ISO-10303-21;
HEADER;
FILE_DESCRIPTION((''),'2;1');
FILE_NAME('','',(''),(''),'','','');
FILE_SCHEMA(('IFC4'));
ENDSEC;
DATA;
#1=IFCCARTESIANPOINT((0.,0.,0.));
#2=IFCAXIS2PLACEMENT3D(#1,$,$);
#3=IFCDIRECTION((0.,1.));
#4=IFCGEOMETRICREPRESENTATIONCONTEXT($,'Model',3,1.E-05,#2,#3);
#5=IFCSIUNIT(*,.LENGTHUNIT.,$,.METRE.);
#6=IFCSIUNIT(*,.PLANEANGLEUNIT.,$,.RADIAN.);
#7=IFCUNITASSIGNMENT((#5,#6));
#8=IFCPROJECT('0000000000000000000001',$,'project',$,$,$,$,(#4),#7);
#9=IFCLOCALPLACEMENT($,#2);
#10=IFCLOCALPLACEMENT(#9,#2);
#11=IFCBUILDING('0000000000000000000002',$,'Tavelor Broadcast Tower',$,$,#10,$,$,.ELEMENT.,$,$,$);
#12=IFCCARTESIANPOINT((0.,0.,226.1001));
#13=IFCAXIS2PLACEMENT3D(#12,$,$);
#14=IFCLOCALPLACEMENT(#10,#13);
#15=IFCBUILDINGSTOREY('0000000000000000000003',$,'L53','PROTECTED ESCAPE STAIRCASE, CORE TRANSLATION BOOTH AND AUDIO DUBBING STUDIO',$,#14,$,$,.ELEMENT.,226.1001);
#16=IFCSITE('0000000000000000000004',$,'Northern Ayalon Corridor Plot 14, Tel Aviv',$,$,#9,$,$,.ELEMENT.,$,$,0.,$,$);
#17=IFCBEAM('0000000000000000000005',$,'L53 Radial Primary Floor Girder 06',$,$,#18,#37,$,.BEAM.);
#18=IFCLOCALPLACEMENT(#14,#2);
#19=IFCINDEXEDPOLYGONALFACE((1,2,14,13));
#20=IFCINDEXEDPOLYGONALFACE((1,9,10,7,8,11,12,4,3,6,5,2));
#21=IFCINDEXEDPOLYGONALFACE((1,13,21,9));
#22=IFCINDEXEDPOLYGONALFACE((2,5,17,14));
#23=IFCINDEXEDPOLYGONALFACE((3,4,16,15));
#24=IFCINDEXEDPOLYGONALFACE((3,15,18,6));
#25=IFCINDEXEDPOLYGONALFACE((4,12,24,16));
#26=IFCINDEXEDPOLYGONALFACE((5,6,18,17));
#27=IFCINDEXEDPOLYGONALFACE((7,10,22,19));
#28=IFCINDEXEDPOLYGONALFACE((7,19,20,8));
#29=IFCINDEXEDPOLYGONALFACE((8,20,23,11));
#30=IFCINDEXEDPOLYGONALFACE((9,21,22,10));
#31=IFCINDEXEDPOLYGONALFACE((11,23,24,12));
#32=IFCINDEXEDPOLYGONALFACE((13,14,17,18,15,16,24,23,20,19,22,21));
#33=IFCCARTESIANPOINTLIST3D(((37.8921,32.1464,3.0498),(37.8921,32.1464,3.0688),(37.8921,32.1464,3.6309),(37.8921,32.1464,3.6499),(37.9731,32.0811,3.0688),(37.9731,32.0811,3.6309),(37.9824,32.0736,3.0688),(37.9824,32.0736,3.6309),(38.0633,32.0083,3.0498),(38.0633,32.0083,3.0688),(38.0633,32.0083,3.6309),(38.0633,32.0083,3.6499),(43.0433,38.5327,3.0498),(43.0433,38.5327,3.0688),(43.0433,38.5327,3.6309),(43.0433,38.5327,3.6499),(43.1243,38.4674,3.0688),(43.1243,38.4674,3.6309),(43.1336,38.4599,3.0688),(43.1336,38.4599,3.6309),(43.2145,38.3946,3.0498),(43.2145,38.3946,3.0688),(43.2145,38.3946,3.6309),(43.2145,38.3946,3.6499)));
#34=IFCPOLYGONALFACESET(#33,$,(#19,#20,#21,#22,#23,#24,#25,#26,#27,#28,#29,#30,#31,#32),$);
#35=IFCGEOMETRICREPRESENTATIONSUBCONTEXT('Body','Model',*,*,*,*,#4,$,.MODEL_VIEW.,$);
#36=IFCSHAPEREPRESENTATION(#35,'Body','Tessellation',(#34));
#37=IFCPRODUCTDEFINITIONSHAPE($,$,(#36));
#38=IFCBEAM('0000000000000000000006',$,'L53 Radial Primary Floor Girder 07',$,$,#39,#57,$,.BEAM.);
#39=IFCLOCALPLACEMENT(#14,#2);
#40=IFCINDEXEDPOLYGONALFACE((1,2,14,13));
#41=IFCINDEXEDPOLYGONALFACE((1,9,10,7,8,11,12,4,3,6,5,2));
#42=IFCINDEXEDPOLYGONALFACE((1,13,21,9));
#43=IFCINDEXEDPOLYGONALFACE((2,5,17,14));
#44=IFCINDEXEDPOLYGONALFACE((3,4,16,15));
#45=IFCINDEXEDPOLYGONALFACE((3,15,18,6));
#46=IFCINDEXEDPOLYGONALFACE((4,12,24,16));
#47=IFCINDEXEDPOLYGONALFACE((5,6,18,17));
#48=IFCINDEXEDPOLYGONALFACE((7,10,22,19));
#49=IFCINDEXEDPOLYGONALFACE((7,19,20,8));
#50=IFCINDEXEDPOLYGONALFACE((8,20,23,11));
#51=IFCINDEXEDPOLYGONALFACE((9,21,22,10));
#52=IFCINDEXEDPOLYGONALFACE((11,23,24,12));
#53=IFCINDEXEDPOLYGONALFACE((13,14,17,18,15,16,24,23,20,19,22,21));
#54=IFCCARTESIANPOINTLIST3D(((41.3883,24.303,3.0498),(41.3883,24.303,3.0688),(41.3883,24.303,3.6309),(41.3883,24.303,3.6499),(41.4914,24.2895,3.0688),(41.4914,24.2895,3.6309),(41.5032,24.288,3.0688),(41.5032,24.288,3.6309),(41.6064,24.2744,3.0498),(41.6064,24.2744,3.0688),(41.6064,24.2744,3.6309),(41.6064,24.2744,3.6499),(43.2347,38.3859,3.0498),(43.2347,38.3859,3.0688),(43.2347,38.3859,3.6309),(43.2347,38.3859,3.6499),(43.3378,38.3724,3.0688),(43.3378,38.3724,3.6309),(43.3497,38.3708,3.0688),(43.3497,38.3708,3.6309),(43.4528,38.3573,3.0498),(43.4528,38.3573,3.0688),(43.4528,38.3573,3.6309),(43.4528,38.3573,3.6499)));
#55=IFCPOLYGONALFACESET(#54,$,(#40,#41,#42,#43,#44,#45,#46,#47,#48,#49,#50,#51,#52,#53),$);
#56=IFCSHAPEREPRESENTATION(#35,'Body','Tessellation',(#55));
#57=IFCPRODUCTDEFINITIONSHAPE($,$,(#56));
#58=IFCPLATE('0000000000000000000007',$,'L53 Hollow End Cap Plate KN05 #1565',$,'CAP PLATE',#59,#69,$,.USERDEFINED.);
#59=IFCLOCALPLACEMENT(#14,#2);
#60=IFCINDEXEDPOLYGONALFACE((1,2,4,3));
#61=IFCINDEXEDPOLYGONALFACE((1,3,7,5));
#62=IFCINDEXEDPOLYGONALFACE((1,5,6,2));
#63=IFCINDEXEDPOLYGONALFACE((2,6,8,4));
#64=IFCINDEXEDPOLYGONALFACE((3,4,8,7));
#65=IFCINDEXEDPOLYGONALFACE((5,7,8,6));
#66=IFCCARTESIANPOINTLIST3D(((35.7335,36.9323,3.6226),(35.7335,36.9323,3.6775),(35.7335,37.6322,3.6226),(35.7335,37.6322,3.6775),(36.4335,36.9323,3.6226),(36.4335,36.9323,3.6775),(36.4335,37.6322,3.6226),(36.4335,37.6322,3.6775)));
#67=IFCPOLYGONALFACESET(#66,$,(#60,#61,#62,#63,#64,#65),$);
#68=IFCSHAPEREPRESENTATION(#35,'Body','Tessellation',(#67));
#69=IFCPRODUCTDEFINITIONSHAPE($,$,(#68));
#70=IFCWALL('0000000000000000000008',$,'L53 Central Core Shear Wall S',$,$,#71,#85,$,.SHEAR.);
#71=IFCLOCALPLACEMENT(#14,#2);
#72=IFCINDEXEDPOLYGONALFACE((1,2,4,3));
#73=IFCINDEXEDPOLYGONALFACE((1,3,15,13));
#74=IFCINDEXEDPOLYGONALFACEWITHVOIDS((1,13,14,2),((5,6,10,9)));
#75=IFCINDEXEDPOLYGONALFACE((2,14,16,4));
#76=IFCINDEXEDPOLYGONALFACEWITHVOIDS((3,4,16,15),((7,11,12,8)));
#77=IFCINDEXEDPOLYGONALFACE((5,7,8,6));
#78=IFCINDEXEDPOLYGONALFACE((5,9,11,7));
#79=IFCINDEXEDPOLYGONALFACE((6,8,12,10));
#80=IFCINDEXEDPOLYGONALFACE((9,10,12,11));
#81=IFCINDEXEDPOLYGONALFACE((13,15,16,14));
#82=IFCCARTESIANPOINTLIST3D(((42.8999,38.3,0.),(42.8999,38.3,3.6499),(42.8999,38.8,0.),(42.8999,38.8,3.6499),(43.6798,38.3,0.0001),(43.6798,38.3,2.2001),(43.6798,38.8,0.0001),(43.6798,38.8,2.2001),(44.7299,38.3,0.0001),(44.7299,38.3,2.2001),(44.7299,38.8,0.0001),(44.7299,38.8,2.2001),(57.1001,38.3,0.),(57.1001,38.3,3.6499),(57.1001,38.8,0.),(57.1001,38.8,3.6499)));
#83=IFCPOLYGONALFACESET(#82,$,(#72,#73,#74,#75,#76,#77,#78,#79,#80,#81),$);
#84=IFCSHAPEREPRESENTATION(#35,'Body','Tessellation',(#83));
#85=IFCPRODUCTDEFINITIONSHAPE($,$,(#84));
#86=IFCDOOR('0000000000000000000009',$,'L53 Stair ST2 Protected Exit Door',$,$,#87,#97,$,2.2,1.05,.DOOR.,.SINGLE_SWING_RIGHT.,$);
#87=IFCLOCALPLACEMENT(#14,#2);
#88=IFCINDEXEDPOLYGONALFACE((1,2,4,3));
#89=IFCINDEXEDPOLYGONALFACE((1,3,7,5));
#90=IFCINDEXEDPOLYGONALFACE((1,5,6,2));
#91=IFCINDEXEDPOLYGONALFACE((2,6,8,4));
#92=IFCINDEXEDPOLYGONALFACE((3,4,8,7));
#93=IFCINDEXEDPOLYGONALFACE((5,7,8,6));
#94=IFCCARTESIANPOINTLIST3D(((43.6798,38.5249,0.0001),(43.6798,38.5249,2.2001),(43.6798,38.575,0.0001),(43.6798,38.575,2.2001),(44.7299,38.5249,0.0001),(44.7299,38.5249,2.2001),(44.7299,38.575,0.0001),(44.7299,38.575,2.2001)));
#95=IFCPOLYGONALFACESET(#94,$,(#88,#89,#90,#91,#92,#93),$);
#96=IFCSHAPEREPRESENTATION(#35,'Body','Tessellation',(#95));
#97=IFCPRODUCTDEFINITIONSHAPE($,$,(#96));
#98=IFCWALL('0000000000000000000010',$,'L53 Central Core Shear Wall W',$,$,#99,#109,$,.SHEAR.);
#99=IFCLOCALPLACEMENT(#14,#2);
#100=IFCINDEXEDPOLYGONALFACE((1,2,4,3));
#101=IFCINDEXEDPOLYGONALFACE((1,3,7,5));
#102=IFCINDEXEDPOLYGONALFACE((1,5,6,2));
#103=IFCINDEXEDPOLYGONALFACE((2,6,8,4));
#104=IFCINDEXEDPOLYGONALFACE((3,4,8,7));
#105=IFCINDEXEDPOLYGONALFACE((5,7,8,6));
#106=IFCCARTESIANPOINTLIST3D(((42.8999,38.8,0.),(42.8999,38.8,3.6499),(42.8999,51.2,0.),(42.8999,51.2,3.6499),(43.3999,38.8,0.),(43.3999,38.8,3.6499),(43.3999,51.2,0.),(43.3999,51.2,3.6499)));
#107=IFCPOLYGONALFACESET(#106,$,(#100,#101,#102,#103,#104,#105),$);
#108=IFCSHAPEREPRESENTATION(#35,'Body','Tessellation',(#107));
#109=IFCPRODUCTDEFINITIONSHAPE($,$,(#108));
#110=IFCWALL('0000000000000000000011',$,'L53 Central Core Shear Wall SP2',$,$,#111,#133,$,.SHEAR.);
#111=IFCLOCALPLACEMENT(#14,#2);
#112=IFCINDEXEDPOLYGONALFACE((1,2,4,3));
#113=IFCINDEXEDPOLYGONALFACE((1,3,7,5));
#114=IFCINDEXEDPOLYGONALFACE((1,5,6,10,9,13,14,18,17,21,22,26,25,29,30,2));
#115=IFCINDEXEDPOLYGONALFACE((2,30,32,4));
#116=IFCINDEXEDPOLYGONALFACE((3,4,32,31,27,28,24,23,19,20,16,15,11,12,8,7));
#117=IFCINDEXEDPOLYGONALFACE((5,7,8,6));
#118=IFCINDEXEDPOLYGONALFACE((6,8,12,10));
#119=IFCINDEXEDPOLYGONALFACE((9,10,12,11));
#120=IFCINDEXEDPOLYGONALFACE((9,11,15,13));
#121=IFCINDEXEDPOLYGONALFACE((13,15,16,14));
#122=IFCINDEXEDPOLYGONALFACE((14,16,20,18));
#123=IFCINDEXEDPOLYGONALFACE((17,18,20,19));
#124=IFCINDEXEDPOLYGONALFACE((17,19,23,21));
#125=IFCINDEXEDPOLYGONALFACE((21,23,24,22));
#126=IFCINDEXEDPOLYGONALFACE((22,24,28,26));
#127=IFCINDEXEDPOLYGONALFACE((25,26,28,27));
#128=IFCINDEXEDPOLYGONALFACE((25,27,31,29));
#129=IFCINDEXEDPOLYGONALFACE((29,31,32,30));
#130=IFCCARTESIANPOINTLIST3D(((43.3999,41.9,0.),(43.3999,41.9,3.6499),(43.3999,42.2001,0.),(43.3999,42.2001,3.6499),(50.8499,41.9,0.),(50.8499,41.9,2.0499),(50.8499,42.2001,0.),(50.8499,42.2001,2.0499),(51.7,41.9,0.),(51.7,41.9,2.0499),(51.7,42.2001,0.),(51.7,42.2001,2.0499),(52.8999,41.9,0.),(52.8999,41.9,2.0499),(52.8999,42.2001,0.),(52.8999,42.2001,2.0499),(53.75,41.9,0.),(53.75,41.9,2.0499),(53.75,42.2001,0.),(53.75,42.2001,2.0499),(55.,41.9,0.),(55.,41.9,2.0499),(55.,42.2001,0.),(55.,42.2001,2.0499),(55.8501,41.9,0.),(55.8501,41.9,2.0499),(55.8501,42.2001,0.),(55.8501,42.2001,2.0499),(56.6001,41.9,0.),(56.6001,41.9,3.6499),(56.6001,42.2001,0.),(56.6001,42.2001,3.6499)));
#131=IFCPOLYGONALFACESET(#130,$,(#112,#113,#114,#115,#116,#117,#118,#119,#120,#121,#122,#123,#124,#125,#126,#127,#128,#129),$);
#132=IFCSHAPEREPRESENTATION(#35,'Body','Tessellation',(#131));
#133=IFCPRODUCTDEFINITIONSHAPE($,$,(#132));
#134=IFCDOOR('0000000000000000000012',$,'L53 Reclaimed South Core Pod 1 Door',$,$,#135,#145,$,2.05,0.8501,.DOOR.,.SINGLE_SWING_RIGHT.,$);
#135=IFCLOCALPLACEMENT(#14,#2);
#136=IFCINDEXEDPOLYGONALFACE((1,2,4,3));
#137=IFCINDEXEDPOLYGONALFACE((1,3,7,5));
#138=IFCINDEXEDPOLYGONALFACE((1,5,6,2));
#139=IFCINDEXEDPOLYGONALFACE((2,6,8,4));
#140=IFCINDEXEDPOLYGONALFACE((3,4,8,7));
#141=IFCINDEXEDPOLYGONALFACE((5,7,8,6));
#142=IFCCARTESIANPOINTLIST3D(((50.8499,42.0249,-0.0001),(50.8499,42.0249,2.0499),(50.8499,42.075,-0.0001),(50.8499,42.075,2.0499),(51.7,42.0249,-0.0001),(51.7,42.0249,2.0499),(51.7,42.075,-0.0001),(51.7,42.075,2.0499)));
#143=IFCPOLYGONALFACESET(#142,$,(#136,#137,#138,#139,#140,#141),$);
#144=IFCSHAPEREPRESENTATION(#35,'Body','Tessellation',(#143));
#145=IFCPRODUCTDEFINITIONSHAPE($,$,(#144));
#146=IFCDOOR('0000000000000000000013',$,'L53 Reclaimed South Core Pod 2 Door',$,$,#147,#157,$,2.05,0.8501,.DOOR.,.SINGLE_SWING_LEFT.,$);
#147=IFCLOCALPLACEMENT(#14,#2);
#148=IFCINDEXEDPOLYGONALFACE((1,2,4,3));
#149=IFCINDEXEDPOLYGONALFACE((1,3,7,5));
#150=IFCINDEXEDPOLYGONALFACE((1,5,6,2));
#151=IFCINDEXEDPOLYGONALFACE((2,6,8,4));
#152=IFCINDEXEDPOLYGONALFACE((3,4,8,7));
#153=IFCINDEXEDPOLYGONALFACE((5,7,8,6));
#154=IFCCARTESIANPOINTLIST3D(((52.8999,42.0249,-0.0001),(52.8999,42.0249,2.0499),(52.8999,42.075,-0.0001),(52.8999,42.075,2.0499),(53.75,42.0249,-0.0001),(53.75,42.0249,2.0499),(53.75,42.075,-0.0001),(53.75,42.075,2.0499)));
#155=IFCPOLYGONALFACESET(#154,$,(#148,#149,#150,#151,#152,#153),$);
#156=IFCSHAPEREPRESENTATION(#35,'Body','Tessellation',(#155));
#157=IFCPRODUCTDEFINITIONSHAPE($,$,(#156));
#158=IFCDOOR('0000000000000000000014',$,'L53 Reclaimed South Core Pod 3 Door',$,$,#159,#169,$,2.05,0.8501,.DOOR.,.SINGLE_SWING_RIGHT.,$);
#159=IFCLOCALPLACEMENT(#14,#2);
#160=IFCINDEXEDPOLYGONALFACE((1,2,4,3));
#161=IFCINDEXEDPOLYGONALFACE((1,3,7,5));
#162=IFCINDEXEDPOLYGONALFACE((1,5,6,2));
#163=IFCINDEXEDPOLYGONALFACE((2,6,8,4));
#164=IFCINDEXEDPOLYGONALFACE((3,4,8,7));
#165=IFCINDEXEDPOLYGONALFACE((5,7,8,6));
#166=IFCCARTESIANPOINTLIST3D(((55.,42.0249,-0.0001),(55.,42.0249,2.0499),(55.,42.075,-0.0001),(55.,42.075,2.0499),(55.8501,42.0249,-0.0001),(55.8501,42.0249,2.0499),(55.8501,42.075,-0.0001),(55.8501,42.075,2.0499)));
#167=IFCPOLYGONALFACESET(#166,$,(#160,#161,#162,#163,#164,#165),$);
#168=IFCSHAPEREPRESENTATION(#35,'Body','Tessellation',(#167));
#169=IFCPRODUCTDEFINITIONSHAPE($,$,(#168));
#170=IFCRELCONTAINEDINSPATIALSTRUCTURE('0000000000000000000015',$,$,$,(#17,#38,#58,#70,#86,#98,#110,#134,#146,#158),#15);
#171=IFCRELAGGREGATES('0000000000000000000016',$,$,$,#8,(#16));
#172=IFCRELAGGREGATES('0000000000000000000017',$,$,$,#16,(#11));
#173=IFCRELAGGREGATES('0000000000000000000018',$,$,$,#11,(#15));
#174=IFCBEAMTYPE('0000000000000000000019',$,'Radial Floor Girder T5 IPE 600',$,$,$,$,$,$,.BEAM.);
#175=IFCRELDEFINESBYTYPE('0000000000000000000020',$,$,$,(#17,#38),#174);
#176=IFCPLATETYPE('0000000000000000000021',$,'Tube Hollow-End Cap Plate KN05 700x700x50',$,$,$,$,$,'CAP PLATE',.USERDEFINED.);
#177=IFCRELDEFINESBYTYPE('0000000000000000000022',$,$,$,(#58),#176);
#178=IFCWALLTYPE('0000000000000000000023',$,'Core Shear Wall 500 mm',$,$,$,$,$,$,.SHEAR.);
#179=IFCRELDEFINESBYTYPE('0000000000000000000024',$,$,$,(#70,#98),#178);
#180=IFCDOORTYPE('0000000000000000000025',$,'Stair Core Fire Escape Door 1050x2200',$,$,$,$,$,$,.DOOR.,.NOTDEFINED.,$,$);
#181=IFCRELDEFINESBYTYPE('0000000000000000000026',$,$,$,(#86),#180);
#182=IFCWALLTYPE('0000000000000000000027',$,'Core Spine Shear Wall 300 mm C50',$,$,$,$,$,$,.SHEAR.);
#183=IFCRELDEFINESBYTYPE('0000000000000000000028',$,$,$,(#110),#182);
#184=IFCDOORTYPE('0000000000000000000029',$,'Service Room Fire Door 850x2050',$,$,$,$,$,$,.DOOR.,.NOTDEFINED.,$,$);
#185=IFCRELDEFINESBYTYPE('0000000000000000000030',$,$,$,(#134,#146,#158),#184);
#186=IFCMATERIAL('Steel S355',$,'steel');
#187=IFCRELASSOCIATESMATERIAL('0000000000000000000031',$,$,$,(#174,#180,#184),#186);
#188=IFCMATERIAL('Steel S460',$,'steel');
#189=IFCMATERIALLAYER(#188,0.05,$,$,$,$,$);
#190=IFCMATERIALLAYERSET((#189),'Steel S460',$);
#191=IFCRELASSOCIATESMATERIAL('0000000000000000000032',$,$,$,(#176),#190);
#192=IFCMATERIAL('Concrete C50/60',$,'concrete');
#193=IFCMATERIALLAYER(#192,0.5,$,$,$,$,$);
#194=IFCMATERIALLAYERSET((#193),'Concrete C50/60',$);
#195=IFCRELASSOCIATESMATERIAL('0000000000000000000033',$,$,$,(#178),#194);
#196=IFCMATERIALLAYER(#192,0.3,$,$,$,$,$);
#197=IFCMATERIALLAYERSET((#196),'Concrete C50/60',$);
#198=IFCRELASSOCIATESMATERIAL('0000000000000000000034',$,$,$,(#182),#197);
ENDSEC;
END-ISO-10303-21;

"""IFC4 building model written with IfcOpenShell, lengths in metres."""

from ifc_helpers import new_model, si_unit, direction, frame, frame_2d, origin, origin_2d, place, context, subcontext, project, spatial, rectangle, i_section, extrude, source, transform, mapped, material, layer, layer_set, material_profile, profile_set, type_object, type_shapes, element, fill, save


model = new_model("IFC4")

# Units and contexts
model_context = context("Model", 3, precision=1e-05, world=origin(), true_north=direction((0.0, 1.0)))
body_context = subcontext(model_context, "Body", "Model", "MODEL_VIEW")
ifc_project = project(units=[si_unit("LENGTHUNIT", "METRE"), si_unit("PLANEANGLEUNIT", "RADIAN")], contexts=[model_context])

# Site, building, storey
site_placement = place(None, origin())
site = spatial("IfcSite", under=ifc_project, at=site_placement, Name="Northern Ayalon Corridor Plot 14, Tel Aviv", CompositionType="ELEMENT", RefElevation=0.0)
building_placement = place(site_placement, origin())
building = spatial("IfcBuilding", under=site, at=building_placement, Name="Tavelor Broadcast Tower", CompositionType="ELEMENT")
storey_placement = place(building_placement, frame((0.0, 0.0, 226.1001)))
storey = spatial("IfcBuildingStorey", under=building, at=storey_placement, Name="L53", Description="PROTECTED ESCAPE STAIRCASE, CORE TRANSLATION BOOTH AND AUDIO DUBBING STUDIO", CompositionType="ELEMENT", Elevation=226.1001)

# Shared definitions
ifc_material_1 = material(Name="Concrete C50/60", Category="concrete")
ifc_material_2 = material(Name="Steel S460", Category="steel")

# Beams
ifc_material_3 = material(Name="Steel S355", Category="steel")
ifc_material_profile_1 = material_profile(ifc_material_3, i_section(OverallWidth=0.22, OverallDepth=0.6001, WebThickness=0.012, FlangeThickness=0.019, at=origin_2d()), Name="IPE 600")
ifc_profile_set_1 = profile_set([ifc_material_profile_1], Name="Steel S355")
beam_type_1 = type_object("IfcBeamType", Name="Radial Floor Girder T5 IPE 600", PredefinedType="BEAM", material=ifc_profile_set_1)
beam_1_placement = place(storey_placement, frame((43.1289, 38.4636, 3.3499), z_axis=(-0.627822, -0.778357, 0.0), x_axis=(0.778357, -0.627822, 0.0)))
element("IfcBeam", 1, at=beam_1_placement, inside=storey, type_object=beam_type_1, Name="L53 Radial Primary Floor Girder 06", PredefinedType="BEAM", context=body_context, shape_type="SweptSolid", body=[
    extrude(i_section(OverallWidth=0.22, OverallDepth=0.6001, WebThickness=0.012, FlangeThickness=0.019, at=origin_2d()), origin(), (0.0, 0.0, 1.0), 8.2048),
])
beam_2_placement = place(storey_placement, frame((43.3438, 38.3716, 3.3499), z_axis=(-0.130001, -0.991514, 0.0), x_axis=(0.991514, -0.130001, 0.0)))
element("IfcBeam", 2, at=beam_2_placement, inside=storey, type_object=beam_type_1, Name="L53 Radial Primary Floor Girder 07", PredefinedType="BEAM", context=body_context, shape_type="SweptSolid", body=[
    extrude(i_section(OverallWidth=0.22, OverallDepth=0.6001, WebThickness=0.012, FlangeThickness=0.019, at=origin_2d()), origin(), (0.0, 0.0, 1.0), 14.2034),
])

# Plate
ifc_layer_1 = layer(ifc_material_2, 0.05)
ifc_layer_set_1 = layer_set([ifc_layer_1], Name="Steel S460")
plate_type = type_object("IfcPlateType", Name="Tube Hollow-End Cap Plate KN05 700x700x50", ElementType="CAP PLATE", PredefinedType="USERDEFINED", material=ifc_layer_set_1)
shared_shape = source(origin(), body_context, "Body", "SweptSolid", [
    extrude(rectangle(XDim=0.7, YDim=0.7, at=origin_2d()), origin(), (0.0, 0.0, 1.0), 0.0549),
])
type_shapes(plate_type, [shared_shape])
plate_placement = place(storey_placement, frame((36.0835, 37.2822, 3.6226), z_axis=(0.0, 0.0, 1.0), x_axis=(1.0, 0.0, 0.0)))
element("IfcPlate", 3, at=plate_placement, inside=storey, type_object=plate_type, Name="L53 Hollow End Cap Plate KN05 #1565", ObjectType="CAP PLATE", PredefinedType="USERDEFINED", context=body_context, shape_type="MappedRepresentation", body=[
    mapped(shared_shape, transform((0.0, 0.0, 0.0), scale=1.0)),
])

# Wall, opening, door
ifc_layer_2 = layer(ifc_material_1, 0.5)
ifc_layer_set_2 = layer_set([ifc_layer_2], Name="Concrete C50/60")
wall_type_1 = type_object("IfcWallType", Name="Core Shear Wall 500 mm", PredefinedType="SHEAR", material=ifc_layer_set_2)
wall_1_placement = place(storey_placement, frame((42.8999, 38.55, 0.0), z_axis=(0.0, 0.0, 1.0), x_axis=(1.0, 0.0, 0.0)))
wall_1 = element("IfcWall", 4, at=wall_1_placement, inside=storey, type_object=wall_type_1, Name="L53 Central Core Shear Wall S", PredefinedType="SHEAR", context=body_context, shape_type="SweptSolid", body=[
    extrude(rectangle(XDim=14.2002, YDim=0.5, at=frame_2d((7.1001, 0.0))), origin(), (0.0, 0.0, 1.0), 3.6499),
])
opening_1_placement = place(wall_1_placement, frame((0.78, 0.0, 0.0)))
opening_1 = element("IfcOpeningElement", 5, at=opening_1_placement, cuts=wall_1, PredefinedType="OPENING", context=body_context, shape_type="SweptSolid", body=[
    extrude(rectangle(XDim=1.05, YDim=2.2, at=frame_2d((0.5249, 1.1001))), frame((0.0, 0.26, 0.0), z_axis=(0.0, -1.0, 0.0), x_axis=(1.0, 0.0, 0.0)), (0.0, 0.0, 1.0), 0.52),
])
door_type_1 = type_object("IfcDoorType", Name="Stair Core Fire Escape Door 1050x2200", OperationType="NOTDEFINED", PredefinedType="DOOR", material=ifc_material_3)
door_1_placement = place(opening_1_placement, origin())
door_1 = element("IfcDoor", 6, at=door_1_placement, inside=storey, type_object=door_type_1, Name="L53 Stair ST2 Protected Exit Door", OperationType="SINGLE_SWING_RIGHT", OverallHeight=2.2, OverallWidth=1.05, PredefinedType="DOOR", context=body_context, shape_type="SweptSolid", body=[
    extrude(rectangle(XDim=1.05, YDim=2.2, at=frame_2d((0.5249, 1.1001))), frame((0.0, 0.0249, 0.0), z_axis=(0.0, -1.0, 0.0), x_axis=(1.0, 0.0, 0.0)), (0.0, 0.0, 1.0), 0.05),
])
fill(opening_1, door_1)

# Wall
wall_2_placement = place(storey_placement, frame((43.1499, 38.8, 0.0), z_axis=(0.0, 0.0, 1.0), x_axis=(0.0, 1.0, 0.0)))
element("IfcWall", 7, at=wall_2_placement, inside=storey, type_object=wall_type_1, Name="L53 Central Core Shear Wall W", PredefinedType="SHEAR", context=body_context, shape_type="SweptSolid", body=[
    extrude(rectangle(XDim=12.3999, YDim=0.5, at=frame_2d((6.2, 0.0))), origin(), (0.0, 0.0, 1.0), 3.6499),
])

# Wall, openings, doors
ifc_layer_3 = layer(ifc_material_1, 0.3)
ifc_layer_set_3 = layer_set([ifc_layer_3], Name="Concrete C50/60")
wall_type_2 = type_object("IfcWallType", Name="Core Spine Shear Wall 300 mm C50", PredefinedType="SHEAR", material=ifc_layer_set_3)
wall_3_placement = place(storey_placement, frame((43.3999, 42.05, 0.0), z_axis=(0.0, 0.0, 1.0), x_axis=(1.0, 0.0, 0.0)))
wall_3 = element("IfcWall", 8, at=wall_3_placement, inside=storey, type_object=wall_type_2, Name="L53 Central Core Shear Wall SP2", PredefinedType="SHEAR", context=body_context, shape_type="SweptSolid", body=[
    extrude(rectangle(XDim=13.2002, YDim=0.3, at=frame_2d((6.6001, 0.0))), origin(), (0.0, 0.0, 1.0), 3.6499),
])
opening_2_placement = place(wall_3_placement, frame((7.45, 0.0, 0.0)))
opening_2 = element("IfcOpeningElement", 9, at=opening_2_placement, cuts=wall_3, PredefinedType="OPENING", context=body_context, shape_type="SweptSolid", body=[
    extrude(rectangle(XDim=0.8501, YDim=2.05, at=frame_2d((0.425, 1.0249))), frame((0.0, 0.1602, 0.0), z_axis=(0.0, -1.0, 0.0), x_axis=(1.0, 0.0, 0.0)), (0.0, 0.0, 1.0), 0.3201),
])
opening_3_placement = place(wall_3_placement, frame((9.5, 0.0, 0.0)))
opening_3 = element("IfcOpeningElement", 10, at=opening_3_placement, cuts=wall_3, PredefinedType="OPENING", context=body_context, shape_type="SweptSolid", body=[
    extrude(rectangle(XDim=0.8501, YDim=2.05, at=frame_2d((0.425, 1.0249))), frame((0.0, 0.1602, 0.0), z_axis=(0.0, -1.0, 0.0), x_axis=(1.0, 0.0, 0.0)), (0.0, 0.0, 1.0), 0.3201),
])
opening_4_placement = place(wall_3_placement, frame((11.6001, 0.0, 0.0)))
opening_4 = element("IfcOpeningElement", 11, at=opening_4_placement, cuts=wall_3, PredefinedType="OPENING", context=body_context, shape_type="SweptSolid", body=[
    extrude(rectangle(XDim=0.8501, YDim=2.05, at=frame_2d((0.425, 1.0249))), frame((0.0, 0.1602, 0.0), z_axis=(0.0, -1.0, 0.0), x_axis=(1.0, 0.0, 0.0)), (0.0, 0.0, 1.0), 0.3201),
])
door_type_2 = type_object("IfcDoorType", Name="Service Room Fire Door 850x2050", OperationType="NOTDEFINED", PredefinedType="DOOR", material=ifc_material_3)
door_2_placement = place(opening_2_placement, origin())
door_2 = element("IfcDoor", 12, at=door_2_placement, inside=storey, type_object=door_type_2, Name="L53 Reclaimed South Core Pod 1 Door", OperationType="SINGLE_SWING_RIGHT", OverallHeight=2.05, OverallWidth=0.8501, PredefinedType="DOOR", context=body_context, shape_type="SweptSolid", body=[
    extrude(rectangle(XDim=0.8501, YDim=2.05, at=frame_2d((0.425, 1.0249))), frame((0.0, 0.0249, 0.0), z_axis=(0.0, -1.0, 0.0), x_axis=(1.0, 0.0, 0.0)), (0.0, 0.0, 1.0), 0.05),
])
fill(opening_2, door_2)
door_3_placement = place(opening_3_placement, origin())
door_3 = element("IfcDoor", 13, at=door_3_placement, inside=storey, type_object=door_type_2, Name="L53 Reclaimed South Core Pod 2 Door", OperationType="SINGLE_SWING_LEFT", OverallHeight=2.05, OverallWidth=0.8501, PredefinedType="DOOR", context=body_context, shape_type="SweptSolid", body=[
    extrude(rectangle(XDim=0.8501, YDim=2.05, at=frame_2d((0.425, 1.0249))), frame((0.0, 0.0249, 0.0), z_axis=(0.0, -1.0, 0.0), x_axis=(1.0, 0.0, 0.0)), (0.0, 0.0, 1.0), 0.05),
])
fill(opening_3, door_3)
door_4_placement = place(opening_4_placement, origin())
door_4 = element("IfcDoor", 14, at=door_4_placement, inside=storey, type_object=door_type_2, Name="L53 Reclaimed South Core Pod 3 Door", OperationType="SINGLE_SWING_RIGHT", OverallHeight=2.05, OverallWidth=0.8501, PredefinedType="DOOR", context=body_context, shape_type="SweptSolid", body=[
    extrude(rectangle(XDim=0.8501, YDim=2.05, at=frame_2d((0.425, 1.0249))), frame((0.0, 0.0249, 0.0), z_axis=(0.0, -1.0, 0.0), x_axis=(1.0, 0.0, 0.0)), (0.0, 0.0, 1.0), 0.05),
])
fill(opening_4, door_4)

save(model, "model.ifc")
